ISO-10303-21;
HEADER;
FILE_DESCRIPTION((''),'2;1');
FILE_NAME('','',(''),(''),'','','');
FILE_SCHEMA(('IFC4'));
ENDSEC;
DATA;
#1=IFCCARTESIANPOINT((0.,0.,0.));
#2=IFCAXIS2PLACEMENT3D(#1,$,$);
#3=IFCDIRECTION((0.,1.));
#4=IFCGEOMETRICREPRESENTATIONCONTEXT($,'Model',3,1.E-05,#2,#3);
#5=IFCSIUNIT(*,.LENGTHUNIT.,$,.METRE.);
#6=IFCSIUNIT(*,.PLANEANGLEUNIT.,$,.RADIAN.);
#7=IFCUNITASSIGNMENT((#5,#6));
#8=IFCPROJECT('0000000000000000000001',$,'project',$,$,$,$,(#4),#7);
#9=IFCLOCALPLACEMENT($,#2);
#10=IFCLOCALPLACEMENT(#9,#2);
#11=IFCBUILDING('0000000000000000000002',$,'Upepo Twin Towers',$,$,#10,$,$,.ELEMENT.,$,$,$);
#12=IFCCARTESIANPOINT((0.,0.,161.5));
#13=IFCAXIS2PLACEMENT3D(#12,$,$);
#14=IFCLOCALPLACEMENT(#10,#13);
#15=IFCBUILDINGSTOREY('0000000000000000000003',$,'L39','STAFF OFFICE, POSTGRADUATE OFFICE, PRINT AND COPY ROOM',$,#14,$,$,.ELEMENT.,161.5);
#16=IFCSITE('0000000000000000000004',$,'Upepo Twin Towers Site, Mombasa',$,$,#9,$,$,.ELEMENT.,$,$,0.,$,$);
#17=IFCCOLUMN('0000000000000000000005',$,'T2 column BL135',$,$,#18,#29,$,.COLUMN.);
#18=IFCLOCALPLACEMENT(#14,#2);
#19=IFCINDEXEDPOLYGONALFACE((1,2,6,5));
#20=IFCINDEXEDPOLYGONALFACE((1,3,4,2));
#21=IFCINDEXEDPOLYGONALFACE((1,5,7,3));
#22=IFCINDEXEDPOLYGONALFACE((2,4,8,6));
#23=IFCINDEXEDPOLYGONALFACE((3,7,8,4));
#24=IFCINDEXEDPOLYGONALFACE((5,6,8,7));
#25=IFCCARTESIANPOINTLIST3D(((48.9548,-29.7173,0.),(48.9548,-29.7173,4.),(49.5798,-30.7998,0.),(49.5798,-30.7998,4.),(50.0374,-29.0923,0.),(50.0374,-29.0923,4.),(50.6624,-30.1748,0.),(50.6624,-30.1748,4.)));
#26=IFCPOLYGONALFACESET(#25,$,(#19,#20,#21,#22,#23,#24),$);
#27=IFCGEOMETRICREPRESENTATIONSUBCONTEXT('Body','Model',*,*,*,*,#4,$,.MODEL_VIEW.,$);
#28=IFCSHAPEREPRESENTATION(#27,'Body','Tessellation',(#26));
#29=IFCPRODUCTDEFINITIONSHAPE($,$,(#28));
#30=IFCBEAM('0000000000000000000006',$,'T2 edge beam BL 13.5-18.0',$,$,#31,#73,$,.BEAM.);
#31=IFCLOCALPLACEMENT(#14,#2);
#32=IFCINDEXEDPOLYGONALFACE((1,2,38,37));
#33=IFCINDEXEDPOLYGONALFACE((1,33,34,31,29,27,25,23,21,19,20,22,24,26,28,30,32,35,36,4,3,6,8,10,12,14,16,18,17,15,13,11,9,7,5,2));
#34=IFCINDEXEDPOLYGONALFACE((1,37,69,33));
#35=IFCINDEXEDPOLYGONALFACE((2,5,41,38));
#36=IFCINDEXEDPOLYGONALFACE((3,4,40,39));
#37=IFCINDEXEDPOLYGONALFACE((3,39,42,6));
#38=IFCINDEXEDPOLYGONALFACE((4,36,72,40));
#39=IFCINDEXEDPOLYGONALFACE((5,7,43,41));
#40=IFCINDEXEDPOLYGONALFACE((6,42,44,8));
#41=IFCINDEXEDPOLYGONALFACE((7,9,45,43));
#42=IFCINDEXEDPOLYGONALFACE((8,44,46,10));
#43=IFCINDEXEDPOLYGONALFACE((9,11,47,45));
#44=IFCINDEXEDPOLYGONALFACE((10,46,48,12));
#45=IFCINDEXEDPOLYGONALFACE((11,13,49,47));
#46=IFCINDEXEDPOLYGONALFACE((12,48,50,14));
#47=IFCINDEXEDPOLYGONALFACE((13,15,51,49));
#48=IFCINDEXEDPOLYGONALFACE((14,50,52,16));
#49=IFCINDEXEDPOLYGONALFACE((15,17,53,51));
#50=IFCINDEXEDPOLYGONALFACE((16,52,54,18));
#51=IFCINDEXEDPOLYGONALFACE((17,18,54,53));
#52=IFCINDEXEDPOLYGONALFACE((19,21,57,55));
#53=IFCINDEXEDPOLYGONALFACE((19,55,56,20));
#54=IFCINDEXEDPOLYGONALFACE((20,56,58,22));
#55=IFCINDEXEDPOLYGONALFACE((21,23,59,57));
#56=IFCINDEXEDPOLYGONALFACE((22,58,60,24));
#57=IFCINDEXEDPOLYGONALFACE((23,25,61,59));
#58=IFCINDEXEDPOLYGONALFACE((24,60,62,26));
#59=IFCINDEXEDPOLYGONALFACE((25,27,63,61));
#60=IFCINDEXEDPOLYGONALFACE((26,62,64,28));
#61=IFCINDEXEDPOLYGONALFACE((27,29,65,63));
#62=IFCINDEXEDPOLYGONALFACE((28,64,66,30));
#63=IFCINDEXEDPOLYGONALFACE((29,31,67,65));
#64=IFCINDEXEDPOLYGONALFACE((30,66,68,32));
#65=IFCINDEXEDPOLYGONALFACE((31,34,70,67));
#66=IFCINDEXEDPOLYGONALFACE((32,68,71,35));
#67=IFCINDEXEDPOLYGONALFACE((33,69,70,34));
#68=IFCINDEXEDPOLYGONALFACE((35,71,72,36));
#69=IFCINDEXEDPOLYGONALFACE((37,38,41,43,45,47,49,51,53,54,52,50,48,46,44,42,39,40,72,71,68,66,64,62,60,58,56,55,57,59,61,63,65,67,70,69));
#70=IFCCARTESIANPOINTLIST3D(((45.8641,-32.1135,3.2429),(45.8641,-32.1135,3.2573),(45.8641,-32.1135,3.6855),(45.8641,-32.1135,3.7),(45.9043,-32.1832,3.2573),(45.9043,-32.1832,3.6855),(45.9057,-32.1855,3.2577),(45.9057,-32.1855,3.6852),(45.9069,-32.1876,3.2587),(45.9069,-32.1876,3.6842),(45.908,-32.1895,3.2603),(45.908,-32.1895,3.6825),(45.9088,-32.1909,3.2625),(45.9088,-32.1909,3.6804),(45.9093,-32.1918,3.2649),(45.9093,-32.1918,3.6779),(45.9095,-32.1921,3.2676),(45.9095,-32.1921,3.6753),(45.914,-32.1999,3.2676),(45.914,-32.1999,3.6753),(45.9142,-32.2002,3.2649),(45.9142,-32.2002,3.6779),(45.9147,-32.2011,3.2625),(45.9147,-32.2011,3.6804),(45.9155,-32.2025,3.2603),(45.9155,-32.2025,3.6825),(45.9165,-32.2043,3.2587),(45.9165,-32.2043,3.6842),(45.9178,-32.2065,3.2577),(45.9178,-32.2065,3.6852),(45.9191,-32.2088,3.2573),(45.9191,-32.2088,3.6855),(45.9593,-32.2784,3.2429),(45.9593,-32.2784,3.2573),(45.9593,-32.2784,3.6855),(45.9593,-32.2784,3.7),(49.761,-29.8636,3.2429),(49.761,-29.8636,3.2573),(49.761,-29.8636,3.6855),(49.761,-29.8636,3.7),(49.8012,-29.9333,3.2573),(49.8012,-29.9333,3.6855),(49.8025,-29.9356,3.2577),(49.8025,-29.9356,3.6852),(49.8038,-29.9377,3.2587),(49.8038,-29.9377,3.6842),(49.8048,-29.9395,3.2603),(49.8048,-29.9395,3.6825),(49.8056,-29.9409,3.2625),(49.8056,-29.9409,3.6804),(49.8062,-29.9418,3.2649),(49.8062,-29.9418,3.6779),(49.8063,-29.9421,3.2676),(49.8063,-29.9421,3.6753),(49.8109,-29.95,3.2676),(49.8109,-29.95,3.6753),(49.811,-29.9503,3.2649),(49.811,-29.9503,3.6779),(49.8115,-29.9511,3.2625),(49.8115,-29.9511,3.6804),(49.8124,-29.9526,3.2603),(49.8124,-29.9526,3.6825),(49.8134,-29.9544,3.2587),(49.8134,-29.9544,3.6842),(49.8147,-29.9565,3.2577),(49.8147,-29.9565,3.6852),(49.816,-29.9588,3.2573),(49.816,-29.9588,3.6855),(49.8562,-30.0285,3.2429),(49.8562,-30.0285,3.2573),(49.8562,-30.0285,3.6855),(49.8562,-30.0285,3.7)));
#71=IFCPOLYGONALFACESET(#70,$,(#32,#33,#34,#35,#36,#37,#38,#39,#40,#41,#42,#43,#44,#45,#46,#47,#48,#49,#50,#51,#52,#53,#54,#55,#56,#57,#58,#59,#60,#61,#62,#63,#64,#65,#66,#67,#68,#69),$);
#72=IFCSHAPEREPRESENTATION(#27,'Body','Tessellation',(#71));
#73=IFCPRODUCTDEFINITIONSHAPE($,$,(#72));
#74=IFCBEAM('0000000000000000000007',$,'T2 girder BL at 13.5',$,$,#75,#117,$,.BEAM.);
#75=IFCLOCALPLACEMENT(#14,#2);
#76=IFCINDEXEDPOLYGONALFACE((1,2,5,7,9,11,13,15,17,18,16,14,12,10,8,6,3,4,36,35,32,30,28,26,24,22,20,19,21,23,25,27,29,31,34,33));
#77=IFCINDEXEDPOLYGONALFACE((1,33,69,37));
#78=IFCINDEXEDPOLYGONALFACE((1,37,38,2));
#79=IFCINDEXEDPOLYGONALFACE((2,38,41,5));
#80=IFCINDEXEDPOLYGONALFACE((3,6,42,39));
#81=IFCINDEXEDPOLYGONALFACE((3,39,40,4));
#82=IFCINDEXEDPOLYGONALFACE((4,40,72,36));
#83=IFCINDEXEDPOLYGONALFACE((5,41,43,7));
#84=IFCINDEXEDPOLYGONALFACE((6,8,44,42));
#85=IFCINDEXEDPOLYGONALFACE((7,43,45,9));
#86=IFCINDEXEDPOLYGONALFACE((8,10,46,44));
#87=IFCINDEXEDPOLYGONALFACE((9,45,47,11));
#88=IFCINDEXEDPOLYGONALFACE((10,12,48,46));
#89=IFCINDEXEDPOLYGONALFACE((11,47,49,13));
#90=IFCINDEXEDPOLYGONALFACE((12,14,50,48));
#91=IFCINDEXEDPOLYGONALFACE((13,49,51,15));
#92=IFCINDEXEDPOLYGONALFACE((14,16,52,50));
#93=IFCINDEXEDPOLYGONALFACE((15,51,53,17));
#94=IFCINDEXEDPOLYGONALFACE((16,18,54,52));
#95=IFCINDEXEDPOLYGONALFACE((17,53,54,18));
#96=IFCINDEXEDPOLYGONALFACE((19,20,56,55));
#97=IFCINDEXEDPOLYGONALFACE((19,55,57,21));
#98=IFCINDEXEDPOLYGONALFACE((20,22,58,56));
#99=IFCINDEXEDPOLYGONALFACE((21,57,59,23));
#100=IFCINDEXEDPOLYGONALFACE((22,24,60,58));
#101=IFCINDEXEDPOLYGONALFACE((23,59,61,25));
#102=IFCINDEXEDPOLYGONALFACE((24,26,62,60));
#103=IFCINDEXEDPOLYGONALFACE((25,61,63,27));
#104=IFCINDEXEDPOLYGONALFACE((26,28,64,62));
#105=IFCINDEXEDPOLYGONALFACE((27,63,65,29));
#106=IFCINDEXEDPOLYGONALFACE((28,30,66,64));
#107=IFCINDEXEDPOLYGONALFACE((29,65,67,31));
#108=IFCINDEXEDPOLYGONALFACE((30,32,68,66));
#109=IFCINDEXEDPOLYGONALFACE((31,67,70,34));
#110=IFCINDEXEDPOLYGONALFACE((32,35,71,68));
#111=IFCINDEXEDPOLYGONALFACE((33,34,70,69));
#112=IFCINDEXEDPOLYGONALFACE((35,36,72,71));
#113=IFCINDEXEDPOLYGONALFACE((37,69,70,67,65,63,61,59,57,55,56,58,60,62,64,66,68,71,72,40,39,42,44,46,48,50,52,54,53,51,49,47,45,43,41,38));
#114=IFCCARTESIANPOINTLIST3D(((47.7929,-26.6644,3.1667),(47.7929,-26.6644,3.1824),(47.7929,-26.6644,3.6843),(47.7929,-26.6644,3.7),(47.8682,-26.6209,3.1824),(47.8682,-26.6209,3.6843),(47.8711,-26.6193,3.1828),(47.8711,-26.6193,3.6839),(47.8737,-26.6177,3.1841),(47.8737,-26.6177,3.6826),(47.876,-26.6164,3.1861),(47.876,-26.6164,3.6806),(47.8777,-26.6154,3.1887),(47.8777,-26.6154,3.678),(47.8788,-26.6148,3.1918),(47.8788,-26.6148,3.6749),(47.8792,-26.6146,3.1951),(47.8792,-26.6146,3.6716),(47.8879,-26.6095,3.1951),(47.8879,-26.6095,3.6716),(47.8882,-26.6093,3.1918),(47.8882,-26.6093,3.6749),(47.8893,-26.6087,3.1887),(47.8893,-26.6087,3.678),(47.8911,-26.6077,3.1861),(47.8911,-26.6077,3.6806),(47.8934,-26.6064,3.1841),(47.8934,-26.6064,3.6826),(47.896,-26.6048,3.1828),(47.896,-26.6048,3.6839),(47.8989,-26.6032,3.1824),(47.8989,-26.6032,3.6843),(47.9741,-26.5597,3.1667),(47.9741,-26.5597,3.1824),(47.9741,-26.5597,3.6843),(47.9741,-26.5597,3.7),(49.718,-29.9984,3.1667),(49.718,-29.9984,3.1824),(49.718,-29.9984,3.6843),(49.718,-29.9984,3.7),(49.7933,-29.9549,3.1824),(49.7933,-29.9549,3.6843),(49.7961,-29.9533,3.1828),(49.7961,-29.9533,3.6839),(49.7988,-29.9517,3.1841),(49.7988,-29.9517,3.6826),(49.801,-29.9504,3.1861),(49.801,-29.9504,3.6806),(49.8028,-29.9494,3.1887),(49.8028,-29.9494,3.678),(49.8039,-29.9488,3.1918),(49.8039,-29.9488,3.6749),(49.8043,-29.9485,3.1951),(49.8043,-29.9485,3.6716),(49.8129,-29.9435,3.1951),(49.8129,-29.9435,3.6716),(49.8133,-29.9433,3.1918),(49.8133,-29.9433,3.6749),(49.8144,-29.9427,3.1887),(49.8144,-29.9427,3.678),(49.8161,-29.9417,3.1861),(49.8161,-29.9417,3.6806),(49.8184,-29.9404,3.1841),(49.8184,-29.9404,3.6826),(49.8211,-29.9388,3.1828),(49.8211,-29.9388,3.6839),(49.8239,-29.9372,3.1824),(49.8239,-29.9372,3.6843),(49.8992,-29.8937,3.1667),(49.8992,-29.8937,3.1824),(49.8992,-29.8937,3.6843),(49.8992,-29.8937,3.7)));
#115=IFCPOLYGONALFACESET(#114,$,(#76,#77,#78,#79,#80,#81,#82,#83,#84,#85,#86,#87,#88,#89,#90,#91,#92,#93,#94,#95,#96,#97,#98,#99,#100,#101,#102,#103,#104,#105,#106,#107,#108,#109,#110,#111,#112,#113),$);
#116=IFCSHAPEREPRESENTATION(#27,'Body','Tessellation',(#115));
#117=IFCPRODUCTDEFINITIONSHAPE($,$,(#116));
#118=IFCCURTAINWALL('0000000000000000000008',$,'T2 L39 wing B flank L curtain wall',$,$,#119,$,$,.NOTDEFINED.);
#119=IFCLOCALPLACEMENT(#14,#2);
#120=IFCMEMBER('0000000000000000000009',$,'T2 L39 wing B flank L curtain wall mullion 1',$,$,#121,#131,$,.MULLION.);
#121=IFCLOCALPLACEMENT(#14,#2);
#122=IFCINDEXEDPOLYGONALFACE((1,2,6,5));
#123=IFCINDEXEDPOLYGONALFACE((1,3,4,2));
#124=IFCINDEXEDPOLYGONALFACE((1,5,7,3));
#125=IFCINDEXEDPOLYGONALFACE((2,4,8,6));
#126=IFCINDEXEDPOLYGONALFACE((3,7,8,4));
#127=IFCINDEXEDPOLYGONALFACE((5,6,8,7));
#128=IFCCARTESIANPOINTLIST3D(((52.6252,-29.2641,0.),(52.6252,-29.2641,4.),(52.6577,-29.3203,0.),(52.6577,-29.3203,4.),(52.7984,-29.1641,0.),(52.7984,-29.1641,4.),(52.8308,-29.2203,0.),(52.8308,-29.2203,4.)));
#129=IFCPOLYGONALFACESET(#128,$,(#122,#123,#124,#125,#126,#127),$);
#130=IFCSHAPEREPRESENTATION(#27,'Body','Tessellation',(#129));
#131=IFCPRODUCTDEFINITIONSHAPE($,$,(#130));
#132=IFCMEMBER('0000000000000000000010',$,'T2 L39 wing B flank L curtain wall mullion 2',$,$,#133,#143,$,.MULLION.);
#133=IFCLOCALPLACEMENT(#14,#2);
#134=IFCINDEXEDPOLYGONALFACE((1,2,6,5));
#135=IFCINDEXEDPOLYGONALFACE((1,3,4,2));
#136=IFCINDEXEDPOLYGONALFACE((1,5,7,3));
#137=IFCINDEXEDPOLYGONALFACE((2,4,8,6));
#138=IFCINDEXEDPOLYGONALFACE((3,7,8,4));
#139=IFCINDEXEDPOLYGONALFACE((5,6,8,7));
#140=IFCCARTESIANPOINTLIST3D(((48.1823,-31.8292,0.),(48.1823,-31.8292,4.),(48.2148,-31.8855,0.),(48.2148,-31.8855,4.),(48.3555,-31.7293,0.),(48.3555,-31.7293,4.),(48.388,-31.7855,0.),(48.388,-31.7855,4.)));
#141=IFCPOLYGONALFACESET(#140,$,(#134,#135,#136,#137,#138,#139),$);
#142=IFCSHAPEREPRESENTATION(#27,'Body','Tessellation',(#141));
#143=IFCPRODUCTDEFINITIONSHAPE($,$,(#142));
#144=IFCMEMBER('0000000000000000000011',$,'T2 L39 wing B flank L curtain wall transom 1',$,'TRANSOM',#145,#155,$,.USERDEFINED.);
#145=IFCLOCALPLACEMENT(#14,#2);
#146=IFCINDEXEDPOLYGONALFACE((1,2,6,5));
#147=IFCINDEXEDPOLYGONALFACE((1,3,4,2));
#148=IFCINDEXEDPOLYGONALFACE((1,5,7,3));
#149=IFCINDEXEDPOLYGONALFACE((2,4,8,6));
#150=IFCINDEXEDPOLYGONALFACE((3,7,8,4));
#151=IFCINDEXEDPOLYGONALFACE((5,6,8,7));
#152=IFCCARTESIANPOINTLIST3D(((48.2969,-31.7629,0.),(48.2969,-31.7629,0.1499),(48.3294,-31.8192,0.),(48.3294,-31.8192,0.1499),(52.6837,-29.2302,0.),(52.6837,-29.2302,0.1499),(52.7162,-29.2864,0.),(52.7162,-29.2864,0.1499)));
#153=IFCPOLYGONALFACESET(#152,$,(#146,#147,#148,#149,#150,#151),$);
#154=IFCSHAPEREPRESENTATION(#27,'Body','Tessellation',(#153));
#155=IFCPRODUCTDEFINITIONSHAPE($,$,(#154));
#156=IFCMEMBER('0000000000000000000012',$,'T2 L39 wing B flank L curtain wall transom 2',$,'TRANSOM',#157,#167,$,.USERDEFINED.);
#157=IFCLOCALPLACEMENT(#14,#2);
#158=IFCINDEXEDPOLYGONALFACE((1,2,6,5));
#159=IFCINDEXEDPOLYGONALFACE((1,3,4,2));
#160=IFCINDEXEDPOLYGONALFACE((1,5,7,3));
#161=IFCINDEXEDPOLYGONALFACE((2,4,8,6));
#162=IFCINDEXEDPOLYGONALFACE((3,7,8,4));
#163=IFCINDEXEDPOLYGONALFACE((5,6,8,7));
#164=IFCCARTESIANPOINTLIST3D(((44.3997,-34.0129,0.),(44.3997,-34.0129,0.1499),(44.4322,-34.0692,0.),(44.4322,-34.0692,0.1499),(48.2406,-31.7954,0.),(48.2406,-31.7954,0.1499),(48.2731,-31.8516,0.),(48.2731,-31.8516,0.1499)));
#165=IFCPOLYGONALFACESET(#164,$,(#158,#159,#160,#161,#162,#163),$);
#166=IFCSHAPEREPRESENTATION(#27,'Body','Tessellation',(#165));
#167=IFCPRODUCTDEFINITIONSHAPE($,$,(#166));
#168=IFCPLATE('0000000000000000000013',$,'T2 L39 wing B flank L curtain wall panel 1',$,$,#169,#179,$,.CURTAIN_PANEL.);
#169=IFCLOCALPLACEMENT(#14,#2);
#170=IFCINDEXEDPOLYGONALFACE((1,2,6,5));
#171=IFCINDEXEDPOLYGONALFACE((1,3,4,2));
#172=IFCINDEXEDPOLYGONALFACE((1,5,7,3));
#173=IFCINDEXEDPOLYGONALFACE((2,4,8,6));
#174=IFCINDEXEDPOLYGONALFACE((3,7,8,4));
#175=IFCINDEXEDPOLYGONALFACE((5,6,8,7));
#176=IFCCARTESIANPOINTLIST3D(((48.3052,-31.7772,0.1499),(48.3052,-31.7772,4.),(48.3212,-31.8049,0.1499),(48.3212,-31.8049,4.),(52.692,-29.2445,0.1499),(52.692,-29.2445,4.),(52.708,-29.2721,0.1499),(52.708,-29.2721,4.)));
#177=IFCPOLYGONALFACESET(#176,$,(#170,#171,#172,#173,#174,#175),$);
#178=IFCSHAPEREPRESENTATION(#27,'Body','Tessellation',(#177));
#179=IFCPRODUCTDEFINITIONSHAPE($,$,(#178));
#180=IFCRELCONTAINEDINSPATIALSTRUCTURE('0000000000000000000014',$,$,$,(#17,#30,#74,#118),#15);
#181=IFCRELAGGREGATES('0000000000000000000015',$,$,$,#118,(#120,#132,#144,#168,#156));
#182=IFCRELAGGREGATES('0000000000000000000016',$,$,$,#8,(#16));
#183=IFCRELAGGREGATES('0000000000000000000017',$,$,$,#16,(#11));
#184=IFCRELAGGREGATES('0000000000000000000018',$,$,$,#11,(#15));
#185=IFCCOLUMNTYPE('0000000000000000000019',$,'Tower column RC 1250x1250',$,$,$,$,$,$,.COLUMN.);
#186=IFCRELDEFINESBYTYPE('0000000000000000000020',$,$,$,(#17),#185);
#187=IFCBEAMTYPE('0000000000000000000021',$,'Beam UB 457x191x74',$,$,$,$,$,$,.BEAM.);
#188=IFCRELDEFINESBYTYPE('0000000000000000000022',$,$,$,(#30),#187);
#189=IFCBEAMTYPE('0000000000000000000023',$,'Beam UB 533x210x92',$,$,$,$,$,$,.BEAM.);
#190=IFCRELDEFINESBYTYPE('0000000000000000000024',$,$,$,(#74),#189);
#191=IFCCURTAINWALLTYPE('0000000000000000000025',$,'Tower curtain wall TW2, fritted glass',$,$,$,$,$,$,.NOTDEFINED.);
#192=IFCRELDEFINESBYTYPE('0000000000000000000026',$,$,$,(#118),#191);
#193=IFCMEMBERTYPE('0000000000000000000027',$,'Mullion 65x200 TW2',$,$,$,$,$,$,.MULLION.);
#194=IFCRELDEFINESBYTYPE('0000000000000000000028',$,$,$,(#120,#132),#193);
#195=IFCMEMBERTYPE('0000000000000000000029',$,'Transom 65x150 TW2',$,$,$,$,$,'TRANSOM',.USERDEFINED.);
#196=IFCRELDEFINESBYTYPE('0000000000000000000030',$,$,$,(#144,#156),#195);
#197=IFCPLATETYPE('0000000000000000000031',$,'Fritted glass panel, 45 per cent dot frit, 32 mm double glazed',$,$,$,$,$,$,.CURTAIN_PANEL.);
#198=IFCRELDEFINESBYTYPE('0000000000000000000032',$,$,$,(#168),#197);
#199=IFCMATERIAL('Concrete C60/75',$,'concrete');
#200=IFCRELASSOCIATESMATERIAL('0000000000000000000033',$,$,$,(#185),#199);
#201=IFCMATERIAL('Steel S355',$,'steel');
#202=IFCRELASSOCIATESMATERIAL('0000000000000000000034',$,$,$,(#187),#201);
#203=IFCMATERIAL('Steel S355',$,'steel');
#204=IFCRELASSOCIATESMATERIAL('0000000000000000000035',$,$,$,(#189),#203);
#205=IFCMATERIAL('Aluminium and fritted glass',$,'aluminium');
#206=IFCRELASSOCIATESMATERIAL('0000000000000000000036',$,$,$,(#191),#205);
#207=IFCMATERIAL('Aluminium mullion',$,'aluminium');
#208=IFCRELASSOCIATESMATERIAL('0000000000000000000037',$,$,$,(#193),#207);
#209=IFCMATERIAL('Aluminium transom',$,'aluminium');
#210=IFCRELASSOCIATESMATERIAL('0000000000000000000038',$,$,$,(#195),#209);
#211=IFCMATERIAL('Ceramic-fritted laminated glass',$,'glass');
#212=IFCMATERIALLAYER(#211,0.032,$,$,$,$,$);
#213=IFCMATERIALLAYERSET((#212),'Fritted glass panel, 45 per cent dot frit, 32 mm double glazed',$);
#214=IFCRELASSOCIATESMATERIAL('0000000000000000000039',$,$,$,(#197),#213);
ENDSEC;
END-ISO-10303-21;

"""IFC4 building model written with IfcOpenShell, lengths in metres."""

from ifc_helpers import new_model, si_unit, direction, frame, origin, origin_2d, place, context, subcontext, project, spatial, rectangle, i_section, extrude, material, layer, layer_set, material_profile, profile_set, type_object, element, aggregate, save


model = new_model("IFC4")

# Units and contexts
model_context = context("Model", 3, precision=1e-05, world=origin(), true_north=direction((0.0, 1.0)))
body_context = subcontext(model_context, "Body", "Model", "MODEL_VIEW")
ifc_project = project(units=[si_unit("LENGTHUNIT", "METRE"), si_unit("PLANEANGLEUNIT", "RADIAN")], contexts=[model_context])

# Site, building, storey
site_placement = place(None, origin())
site = spatial("IfcSite", under=ifc_project, at=site_placement, Name="Upepo Twin Towers Site, Mombasa", CompositionType="ELEMENT", RefElevation=0.0)
building_placement = place(site_placement, origin())
building = spatial("IfcBuilding", under=site, at=building_placement, Name="Upepo Twin Towers", CompositionType="ELEMENT")
storey_placement = place(building_placement, frame((0.0, 0.0, 161.5)))
storey = spatial("IfcBuildingStorey", under=building, at=storey_placement, Name="L39", Description="STAFF OFFICE, POSTGRADUATE OFFICE, PRINT AND COPY ROOM", CompositionType="ELEMENT", Elevation=161.5)

# Column
ifc_material_1 = material(Name="Concrete C60/75", Category="concrete")
ifc_material_profile_1 = material_profile(ifc_material_1, rectangle(XDim=1.25, YDim=1.25, at=origin_2d()), Name="RC 1250x1250")
ifc_profile_set_1 = profile_set([ifc_material_profile_1], Name="Concrete C60/75")
column_type = type_object("IfcColumnType", Name="Tower column RC 1250x1250", PredefinedType="COLUMN", material=ifc_profile_set_1)
column_placement = place(storey_placement, frame((49.8086, -29.946, 0.0), z_axis=(0.0, 0.0, 1.0), x_axis=(0.866025, 0.5, 0.0)))
element("IfcColumn", 1, at=column_placement, inside=storey, type_object=column_type, Name="T2 column BL135", PredefinedType="COLUMN", context=body_context, shape_type="SweptSolid", body=[
    extrude(rectangle(XDim=1.25, YDim=1.25, at=origin_2d()), origin(), (0.0, 0.0, 1.0), 4.0),
])

# Beams
ifc_material_2 = material(Name="Steel S355", Category="steel")
ifc_material_profile_2 = material_profile(ifc_material_2, i_section(OverallWidth=0.1904, OverallDepth=0.457, WebThickness=0.009, FlangeThickness=0.0144, FilletRadius=0.0103, at=origin_2d()), Name="UB 457x191x74")
ifc_profile_set_2 = profile_set([ifc_material_profile_2], Name="Steel S355")
beam_type_1 = type_object("IfcBeamType", Name="Beam UB 457x191x74", PredefinedType="BEAM", material=ifc_profile_set_2)
beam_1_placement = place(storey_placement, frame((49.8086, -29.946, 3.4714), z_axis=(-0.866018, -0.500014, 0.0), x_axis=(0.500014, -0.866018, 0.0)))
element("IfcBeam", 2, at=beam_1_placement, inside=storey, type_object=beam_type_1, Name="T2 edge beam BL 13.5-18.0", PredefinedType="BEAM", context=body_context, shape_type="SweptSolid", body=[
    extrude(i_section(OverallWidth=0.1904, OverallDepth=0.457, WebThickness=0.009, FlangeThickness=0.0144, FilletRadius=0.0103, at=origin_2d()), origin(), (0.0, 0.0, 1.0), 4.4998),
])
ifc_material_3 = material(Name="Steel S355", Category="steel")
ifc_material_profile_3 = material_profile(ifc_material_3, i_section(OverallWidth=0.2092, OverallDepth=0.5332, WebThickness=0.01, FlangeThickness=0.0156, FilletRadius=0.0127, at=origin_2d()), Name="UB 533x210x92")
ifc_profile_set_3 = profile_set([ifc_material_profile_3], Name="Steel S355")
beam_type_2 = type_object("IfcBeamType", Name="Beam UB 533x210x92", PredefinedType="BEAM", material=ifc_profile_set_3)
beam_2_placement = place(storey_placement, frame((49.8086, -29.946, 3.4333), z_axis=(-0.500034, 0.866006, 0.0), x_axis=(-0.866006, -0.500034, 0.0)))
element("IfcBeam", 3, at=beam_2_placement, inside=storey, type_object=beam_type_2, Name="T2 girder BL at 13.5", PredefinedType="BEAM", context=body_context, shape_type="SweptSolid", body=[
    extrude(i_section(OverallWidth=0.2092, OverallDepth=0.5332, WebThickness=0.01, FlangeThickness=0.0156, FilletRadius=0.0127, at=origin_2d()), origin(), (0.0, 0.0, 1.0), 3.8499),
])

# Curtain wall, members, plate
ifc_material_4 = material(Name="Aluminium and fritted glass", Category="aluminium")
curtain_wall_type = type_object("IfcCurtainWallType", Name="Tower curtain wall TW2, fritted glass", PredefinedType="NOTDEFINED", material=ifc_material_4)
curtain_wall_placement = place(storey_placement, origin())
curtain_wall = element("IfcCurtainWall", 4, at=curtain_wall_placement, inside=storey, type_object=curtain_wall_type, Name="T2 L39 wing B flank L curtain wall", PredefinedType="NOTDEFINED")
ifc_material_5 = material(Name="Aluminium mullion", Category="aluminium")
ifc_material_profile_4 = material_profile(ifc_material_5, rectangle(XDim=0.0649, YDim=0.2, at=origin_2d()), Name="MULLION 65x200")
ifc_profile_set_4 = profile_set([ifc_material_profile_4], Name="Aluminium mullion")
member_type_1 = type_object("IfcMemberType", Name="Mullion 65x200 TW2", PredefinedType="MULLION", material=ifc_profile_set_4)
member_1_placement = place(storey_placement, frame((52.728, -29.2422, 0.0), z_axis=(0.0, 0.0, 1.0), x_axis=(0.5, -0.866025, 0.0)))
member_1 = element("IfcMember", 5, at=member_1_placement, type_object=member_type_1, Name="T2 L39 wing B flank L curtain wall mullion 1", PredefinedType="MULLION", context=body_context, shape_type="SweptSolid", body=[
    extrude(rectangle(XDim=0.0649, YDim=0.2, at=origin_2d()), origin(), (0.0, 0.0, 1.0), 4.0),
])
member_2_placement = place(storey_placement, frame((48.2852, -31.8074, 0.0), z_axis=(0.0, 0.0, 1.0), x_axis=(0.5, -0.866025, 0.0)))
member_2 = element("IfcMember", 6, at=member_2_placement, type_object=member_type_1, Name="T2 L39 wing B flank L curtain wall mullion 2", PredefinedType="MULLION", context=body_context, shape_type="SweptSolid", body=[
    extrude(rectangle(XDim=0.0649, YDim=0.2, at=origin_2d()), origin(), (0.0, 0.0, 1.0), 4.0),
])
ifc_material_6 = material(Name="Aluminium transom", Category="aluminium")
ifc_material_profile_5 = material_profile(ifc_material_6, rectangle(XDim=0.0649, YDim=0.1499, at=origin_2d()), Name="TRANSOM 65x150")
ifc_profile_set_5 = profile_set([ifc_material_profile_5], Name="Aluminium transom")
member_type_2 = type_object("IfcMemberType", Name="Transom 65x150 TW2", ElementType="TRANSOM", PredefinedType="USERDEFINED", material=ifc_profile_set_5)
member_3_placement = place(storey_placement, frame((52.7, -29.2583, 0.075), z_axis=(-0.866022, -0.500006, 0.0), x_axis=(0.500006, -0.866022, 0.0)))
member_3 = element("IfcMember", 7, at=member_3_placement, type_object=member_type_2, Name="T2 L39 wing B flank L curtain wall transom 1", ObjectType="TRANSOM", PredefinedType="USERDEFINED", context=body_context, shape_type="SweptSolid", body=[
    extrude(rectangle(XDim=0.0649, YDim=0.1499, at=origin_2d()), origin(), (0.0, 0.0, 1.0), 5.0654),
])
member_4_placement = place(storey_placement, frame((48.2568, -31.8235, 0.075), z_axis=(-0.866022, -0.500005, 0.0), x_axis=(0.500005, -0.866022, 0.0)))
member_4 = element("IfcMember", 8, at=member_4_placement, type_object=member_type_2, Name="T2 L39 wing B flank L curtain wall transom 2", ObjectType="TRANSOM", PredefinedType="USERDEFINED", context=body_context, shape_type="SweptSolid", body=[
    extrude(rectangle(XDim=0.0649, YDim=0.1499, at=origin_2d()), origin(), (0.0, 0.0, 1.0), 4.4351),
])
ifc_material_7 = material(Name="Ceramic-fritted laminated glass", Category="glass")
ifc_layer_1 = layer(ifc_material_7, 0.032)
ifc_layer_set_1 = layer_set([ifc_layer_1], Name="Fritted glass panel, 45 per cent dot frit, 32 mm double glazed")
plate_type = type_object("IfcPlateType", Name="Fritted glass panel, 45 per cent dot frit, 32 mm double glazed", PredefinedType="CURTAIN_PANEL", material=ifc_layer_set_1)
plate_1_placement = place(storey_placement, frame((50.5066, -30.5247, 0.1499), z_axis=(0.0, 0.0, 1.0), x_axis=(-0.866025, -0.5, 0.0)))
plate_1 = element("IfcPlate", 9, at=plate_1_placement, type_object=plate_type, Name="T2 L39 wing B flank L curtain wall panel 1", PredefinedType="CURTAIN_PANEL", context=body_context, shape_type="SweptSolid", body=[
    extrude(rectangle(XDim=5.0654, YDim=0.032, at=origin_2d()), origin(), (0.0, 0.0, 1.0), 3.8501),
])
aggregate(curtain_wall, [member_1, member_2, member_3, plate_1, member_4])

save(model, "model.ifc")
